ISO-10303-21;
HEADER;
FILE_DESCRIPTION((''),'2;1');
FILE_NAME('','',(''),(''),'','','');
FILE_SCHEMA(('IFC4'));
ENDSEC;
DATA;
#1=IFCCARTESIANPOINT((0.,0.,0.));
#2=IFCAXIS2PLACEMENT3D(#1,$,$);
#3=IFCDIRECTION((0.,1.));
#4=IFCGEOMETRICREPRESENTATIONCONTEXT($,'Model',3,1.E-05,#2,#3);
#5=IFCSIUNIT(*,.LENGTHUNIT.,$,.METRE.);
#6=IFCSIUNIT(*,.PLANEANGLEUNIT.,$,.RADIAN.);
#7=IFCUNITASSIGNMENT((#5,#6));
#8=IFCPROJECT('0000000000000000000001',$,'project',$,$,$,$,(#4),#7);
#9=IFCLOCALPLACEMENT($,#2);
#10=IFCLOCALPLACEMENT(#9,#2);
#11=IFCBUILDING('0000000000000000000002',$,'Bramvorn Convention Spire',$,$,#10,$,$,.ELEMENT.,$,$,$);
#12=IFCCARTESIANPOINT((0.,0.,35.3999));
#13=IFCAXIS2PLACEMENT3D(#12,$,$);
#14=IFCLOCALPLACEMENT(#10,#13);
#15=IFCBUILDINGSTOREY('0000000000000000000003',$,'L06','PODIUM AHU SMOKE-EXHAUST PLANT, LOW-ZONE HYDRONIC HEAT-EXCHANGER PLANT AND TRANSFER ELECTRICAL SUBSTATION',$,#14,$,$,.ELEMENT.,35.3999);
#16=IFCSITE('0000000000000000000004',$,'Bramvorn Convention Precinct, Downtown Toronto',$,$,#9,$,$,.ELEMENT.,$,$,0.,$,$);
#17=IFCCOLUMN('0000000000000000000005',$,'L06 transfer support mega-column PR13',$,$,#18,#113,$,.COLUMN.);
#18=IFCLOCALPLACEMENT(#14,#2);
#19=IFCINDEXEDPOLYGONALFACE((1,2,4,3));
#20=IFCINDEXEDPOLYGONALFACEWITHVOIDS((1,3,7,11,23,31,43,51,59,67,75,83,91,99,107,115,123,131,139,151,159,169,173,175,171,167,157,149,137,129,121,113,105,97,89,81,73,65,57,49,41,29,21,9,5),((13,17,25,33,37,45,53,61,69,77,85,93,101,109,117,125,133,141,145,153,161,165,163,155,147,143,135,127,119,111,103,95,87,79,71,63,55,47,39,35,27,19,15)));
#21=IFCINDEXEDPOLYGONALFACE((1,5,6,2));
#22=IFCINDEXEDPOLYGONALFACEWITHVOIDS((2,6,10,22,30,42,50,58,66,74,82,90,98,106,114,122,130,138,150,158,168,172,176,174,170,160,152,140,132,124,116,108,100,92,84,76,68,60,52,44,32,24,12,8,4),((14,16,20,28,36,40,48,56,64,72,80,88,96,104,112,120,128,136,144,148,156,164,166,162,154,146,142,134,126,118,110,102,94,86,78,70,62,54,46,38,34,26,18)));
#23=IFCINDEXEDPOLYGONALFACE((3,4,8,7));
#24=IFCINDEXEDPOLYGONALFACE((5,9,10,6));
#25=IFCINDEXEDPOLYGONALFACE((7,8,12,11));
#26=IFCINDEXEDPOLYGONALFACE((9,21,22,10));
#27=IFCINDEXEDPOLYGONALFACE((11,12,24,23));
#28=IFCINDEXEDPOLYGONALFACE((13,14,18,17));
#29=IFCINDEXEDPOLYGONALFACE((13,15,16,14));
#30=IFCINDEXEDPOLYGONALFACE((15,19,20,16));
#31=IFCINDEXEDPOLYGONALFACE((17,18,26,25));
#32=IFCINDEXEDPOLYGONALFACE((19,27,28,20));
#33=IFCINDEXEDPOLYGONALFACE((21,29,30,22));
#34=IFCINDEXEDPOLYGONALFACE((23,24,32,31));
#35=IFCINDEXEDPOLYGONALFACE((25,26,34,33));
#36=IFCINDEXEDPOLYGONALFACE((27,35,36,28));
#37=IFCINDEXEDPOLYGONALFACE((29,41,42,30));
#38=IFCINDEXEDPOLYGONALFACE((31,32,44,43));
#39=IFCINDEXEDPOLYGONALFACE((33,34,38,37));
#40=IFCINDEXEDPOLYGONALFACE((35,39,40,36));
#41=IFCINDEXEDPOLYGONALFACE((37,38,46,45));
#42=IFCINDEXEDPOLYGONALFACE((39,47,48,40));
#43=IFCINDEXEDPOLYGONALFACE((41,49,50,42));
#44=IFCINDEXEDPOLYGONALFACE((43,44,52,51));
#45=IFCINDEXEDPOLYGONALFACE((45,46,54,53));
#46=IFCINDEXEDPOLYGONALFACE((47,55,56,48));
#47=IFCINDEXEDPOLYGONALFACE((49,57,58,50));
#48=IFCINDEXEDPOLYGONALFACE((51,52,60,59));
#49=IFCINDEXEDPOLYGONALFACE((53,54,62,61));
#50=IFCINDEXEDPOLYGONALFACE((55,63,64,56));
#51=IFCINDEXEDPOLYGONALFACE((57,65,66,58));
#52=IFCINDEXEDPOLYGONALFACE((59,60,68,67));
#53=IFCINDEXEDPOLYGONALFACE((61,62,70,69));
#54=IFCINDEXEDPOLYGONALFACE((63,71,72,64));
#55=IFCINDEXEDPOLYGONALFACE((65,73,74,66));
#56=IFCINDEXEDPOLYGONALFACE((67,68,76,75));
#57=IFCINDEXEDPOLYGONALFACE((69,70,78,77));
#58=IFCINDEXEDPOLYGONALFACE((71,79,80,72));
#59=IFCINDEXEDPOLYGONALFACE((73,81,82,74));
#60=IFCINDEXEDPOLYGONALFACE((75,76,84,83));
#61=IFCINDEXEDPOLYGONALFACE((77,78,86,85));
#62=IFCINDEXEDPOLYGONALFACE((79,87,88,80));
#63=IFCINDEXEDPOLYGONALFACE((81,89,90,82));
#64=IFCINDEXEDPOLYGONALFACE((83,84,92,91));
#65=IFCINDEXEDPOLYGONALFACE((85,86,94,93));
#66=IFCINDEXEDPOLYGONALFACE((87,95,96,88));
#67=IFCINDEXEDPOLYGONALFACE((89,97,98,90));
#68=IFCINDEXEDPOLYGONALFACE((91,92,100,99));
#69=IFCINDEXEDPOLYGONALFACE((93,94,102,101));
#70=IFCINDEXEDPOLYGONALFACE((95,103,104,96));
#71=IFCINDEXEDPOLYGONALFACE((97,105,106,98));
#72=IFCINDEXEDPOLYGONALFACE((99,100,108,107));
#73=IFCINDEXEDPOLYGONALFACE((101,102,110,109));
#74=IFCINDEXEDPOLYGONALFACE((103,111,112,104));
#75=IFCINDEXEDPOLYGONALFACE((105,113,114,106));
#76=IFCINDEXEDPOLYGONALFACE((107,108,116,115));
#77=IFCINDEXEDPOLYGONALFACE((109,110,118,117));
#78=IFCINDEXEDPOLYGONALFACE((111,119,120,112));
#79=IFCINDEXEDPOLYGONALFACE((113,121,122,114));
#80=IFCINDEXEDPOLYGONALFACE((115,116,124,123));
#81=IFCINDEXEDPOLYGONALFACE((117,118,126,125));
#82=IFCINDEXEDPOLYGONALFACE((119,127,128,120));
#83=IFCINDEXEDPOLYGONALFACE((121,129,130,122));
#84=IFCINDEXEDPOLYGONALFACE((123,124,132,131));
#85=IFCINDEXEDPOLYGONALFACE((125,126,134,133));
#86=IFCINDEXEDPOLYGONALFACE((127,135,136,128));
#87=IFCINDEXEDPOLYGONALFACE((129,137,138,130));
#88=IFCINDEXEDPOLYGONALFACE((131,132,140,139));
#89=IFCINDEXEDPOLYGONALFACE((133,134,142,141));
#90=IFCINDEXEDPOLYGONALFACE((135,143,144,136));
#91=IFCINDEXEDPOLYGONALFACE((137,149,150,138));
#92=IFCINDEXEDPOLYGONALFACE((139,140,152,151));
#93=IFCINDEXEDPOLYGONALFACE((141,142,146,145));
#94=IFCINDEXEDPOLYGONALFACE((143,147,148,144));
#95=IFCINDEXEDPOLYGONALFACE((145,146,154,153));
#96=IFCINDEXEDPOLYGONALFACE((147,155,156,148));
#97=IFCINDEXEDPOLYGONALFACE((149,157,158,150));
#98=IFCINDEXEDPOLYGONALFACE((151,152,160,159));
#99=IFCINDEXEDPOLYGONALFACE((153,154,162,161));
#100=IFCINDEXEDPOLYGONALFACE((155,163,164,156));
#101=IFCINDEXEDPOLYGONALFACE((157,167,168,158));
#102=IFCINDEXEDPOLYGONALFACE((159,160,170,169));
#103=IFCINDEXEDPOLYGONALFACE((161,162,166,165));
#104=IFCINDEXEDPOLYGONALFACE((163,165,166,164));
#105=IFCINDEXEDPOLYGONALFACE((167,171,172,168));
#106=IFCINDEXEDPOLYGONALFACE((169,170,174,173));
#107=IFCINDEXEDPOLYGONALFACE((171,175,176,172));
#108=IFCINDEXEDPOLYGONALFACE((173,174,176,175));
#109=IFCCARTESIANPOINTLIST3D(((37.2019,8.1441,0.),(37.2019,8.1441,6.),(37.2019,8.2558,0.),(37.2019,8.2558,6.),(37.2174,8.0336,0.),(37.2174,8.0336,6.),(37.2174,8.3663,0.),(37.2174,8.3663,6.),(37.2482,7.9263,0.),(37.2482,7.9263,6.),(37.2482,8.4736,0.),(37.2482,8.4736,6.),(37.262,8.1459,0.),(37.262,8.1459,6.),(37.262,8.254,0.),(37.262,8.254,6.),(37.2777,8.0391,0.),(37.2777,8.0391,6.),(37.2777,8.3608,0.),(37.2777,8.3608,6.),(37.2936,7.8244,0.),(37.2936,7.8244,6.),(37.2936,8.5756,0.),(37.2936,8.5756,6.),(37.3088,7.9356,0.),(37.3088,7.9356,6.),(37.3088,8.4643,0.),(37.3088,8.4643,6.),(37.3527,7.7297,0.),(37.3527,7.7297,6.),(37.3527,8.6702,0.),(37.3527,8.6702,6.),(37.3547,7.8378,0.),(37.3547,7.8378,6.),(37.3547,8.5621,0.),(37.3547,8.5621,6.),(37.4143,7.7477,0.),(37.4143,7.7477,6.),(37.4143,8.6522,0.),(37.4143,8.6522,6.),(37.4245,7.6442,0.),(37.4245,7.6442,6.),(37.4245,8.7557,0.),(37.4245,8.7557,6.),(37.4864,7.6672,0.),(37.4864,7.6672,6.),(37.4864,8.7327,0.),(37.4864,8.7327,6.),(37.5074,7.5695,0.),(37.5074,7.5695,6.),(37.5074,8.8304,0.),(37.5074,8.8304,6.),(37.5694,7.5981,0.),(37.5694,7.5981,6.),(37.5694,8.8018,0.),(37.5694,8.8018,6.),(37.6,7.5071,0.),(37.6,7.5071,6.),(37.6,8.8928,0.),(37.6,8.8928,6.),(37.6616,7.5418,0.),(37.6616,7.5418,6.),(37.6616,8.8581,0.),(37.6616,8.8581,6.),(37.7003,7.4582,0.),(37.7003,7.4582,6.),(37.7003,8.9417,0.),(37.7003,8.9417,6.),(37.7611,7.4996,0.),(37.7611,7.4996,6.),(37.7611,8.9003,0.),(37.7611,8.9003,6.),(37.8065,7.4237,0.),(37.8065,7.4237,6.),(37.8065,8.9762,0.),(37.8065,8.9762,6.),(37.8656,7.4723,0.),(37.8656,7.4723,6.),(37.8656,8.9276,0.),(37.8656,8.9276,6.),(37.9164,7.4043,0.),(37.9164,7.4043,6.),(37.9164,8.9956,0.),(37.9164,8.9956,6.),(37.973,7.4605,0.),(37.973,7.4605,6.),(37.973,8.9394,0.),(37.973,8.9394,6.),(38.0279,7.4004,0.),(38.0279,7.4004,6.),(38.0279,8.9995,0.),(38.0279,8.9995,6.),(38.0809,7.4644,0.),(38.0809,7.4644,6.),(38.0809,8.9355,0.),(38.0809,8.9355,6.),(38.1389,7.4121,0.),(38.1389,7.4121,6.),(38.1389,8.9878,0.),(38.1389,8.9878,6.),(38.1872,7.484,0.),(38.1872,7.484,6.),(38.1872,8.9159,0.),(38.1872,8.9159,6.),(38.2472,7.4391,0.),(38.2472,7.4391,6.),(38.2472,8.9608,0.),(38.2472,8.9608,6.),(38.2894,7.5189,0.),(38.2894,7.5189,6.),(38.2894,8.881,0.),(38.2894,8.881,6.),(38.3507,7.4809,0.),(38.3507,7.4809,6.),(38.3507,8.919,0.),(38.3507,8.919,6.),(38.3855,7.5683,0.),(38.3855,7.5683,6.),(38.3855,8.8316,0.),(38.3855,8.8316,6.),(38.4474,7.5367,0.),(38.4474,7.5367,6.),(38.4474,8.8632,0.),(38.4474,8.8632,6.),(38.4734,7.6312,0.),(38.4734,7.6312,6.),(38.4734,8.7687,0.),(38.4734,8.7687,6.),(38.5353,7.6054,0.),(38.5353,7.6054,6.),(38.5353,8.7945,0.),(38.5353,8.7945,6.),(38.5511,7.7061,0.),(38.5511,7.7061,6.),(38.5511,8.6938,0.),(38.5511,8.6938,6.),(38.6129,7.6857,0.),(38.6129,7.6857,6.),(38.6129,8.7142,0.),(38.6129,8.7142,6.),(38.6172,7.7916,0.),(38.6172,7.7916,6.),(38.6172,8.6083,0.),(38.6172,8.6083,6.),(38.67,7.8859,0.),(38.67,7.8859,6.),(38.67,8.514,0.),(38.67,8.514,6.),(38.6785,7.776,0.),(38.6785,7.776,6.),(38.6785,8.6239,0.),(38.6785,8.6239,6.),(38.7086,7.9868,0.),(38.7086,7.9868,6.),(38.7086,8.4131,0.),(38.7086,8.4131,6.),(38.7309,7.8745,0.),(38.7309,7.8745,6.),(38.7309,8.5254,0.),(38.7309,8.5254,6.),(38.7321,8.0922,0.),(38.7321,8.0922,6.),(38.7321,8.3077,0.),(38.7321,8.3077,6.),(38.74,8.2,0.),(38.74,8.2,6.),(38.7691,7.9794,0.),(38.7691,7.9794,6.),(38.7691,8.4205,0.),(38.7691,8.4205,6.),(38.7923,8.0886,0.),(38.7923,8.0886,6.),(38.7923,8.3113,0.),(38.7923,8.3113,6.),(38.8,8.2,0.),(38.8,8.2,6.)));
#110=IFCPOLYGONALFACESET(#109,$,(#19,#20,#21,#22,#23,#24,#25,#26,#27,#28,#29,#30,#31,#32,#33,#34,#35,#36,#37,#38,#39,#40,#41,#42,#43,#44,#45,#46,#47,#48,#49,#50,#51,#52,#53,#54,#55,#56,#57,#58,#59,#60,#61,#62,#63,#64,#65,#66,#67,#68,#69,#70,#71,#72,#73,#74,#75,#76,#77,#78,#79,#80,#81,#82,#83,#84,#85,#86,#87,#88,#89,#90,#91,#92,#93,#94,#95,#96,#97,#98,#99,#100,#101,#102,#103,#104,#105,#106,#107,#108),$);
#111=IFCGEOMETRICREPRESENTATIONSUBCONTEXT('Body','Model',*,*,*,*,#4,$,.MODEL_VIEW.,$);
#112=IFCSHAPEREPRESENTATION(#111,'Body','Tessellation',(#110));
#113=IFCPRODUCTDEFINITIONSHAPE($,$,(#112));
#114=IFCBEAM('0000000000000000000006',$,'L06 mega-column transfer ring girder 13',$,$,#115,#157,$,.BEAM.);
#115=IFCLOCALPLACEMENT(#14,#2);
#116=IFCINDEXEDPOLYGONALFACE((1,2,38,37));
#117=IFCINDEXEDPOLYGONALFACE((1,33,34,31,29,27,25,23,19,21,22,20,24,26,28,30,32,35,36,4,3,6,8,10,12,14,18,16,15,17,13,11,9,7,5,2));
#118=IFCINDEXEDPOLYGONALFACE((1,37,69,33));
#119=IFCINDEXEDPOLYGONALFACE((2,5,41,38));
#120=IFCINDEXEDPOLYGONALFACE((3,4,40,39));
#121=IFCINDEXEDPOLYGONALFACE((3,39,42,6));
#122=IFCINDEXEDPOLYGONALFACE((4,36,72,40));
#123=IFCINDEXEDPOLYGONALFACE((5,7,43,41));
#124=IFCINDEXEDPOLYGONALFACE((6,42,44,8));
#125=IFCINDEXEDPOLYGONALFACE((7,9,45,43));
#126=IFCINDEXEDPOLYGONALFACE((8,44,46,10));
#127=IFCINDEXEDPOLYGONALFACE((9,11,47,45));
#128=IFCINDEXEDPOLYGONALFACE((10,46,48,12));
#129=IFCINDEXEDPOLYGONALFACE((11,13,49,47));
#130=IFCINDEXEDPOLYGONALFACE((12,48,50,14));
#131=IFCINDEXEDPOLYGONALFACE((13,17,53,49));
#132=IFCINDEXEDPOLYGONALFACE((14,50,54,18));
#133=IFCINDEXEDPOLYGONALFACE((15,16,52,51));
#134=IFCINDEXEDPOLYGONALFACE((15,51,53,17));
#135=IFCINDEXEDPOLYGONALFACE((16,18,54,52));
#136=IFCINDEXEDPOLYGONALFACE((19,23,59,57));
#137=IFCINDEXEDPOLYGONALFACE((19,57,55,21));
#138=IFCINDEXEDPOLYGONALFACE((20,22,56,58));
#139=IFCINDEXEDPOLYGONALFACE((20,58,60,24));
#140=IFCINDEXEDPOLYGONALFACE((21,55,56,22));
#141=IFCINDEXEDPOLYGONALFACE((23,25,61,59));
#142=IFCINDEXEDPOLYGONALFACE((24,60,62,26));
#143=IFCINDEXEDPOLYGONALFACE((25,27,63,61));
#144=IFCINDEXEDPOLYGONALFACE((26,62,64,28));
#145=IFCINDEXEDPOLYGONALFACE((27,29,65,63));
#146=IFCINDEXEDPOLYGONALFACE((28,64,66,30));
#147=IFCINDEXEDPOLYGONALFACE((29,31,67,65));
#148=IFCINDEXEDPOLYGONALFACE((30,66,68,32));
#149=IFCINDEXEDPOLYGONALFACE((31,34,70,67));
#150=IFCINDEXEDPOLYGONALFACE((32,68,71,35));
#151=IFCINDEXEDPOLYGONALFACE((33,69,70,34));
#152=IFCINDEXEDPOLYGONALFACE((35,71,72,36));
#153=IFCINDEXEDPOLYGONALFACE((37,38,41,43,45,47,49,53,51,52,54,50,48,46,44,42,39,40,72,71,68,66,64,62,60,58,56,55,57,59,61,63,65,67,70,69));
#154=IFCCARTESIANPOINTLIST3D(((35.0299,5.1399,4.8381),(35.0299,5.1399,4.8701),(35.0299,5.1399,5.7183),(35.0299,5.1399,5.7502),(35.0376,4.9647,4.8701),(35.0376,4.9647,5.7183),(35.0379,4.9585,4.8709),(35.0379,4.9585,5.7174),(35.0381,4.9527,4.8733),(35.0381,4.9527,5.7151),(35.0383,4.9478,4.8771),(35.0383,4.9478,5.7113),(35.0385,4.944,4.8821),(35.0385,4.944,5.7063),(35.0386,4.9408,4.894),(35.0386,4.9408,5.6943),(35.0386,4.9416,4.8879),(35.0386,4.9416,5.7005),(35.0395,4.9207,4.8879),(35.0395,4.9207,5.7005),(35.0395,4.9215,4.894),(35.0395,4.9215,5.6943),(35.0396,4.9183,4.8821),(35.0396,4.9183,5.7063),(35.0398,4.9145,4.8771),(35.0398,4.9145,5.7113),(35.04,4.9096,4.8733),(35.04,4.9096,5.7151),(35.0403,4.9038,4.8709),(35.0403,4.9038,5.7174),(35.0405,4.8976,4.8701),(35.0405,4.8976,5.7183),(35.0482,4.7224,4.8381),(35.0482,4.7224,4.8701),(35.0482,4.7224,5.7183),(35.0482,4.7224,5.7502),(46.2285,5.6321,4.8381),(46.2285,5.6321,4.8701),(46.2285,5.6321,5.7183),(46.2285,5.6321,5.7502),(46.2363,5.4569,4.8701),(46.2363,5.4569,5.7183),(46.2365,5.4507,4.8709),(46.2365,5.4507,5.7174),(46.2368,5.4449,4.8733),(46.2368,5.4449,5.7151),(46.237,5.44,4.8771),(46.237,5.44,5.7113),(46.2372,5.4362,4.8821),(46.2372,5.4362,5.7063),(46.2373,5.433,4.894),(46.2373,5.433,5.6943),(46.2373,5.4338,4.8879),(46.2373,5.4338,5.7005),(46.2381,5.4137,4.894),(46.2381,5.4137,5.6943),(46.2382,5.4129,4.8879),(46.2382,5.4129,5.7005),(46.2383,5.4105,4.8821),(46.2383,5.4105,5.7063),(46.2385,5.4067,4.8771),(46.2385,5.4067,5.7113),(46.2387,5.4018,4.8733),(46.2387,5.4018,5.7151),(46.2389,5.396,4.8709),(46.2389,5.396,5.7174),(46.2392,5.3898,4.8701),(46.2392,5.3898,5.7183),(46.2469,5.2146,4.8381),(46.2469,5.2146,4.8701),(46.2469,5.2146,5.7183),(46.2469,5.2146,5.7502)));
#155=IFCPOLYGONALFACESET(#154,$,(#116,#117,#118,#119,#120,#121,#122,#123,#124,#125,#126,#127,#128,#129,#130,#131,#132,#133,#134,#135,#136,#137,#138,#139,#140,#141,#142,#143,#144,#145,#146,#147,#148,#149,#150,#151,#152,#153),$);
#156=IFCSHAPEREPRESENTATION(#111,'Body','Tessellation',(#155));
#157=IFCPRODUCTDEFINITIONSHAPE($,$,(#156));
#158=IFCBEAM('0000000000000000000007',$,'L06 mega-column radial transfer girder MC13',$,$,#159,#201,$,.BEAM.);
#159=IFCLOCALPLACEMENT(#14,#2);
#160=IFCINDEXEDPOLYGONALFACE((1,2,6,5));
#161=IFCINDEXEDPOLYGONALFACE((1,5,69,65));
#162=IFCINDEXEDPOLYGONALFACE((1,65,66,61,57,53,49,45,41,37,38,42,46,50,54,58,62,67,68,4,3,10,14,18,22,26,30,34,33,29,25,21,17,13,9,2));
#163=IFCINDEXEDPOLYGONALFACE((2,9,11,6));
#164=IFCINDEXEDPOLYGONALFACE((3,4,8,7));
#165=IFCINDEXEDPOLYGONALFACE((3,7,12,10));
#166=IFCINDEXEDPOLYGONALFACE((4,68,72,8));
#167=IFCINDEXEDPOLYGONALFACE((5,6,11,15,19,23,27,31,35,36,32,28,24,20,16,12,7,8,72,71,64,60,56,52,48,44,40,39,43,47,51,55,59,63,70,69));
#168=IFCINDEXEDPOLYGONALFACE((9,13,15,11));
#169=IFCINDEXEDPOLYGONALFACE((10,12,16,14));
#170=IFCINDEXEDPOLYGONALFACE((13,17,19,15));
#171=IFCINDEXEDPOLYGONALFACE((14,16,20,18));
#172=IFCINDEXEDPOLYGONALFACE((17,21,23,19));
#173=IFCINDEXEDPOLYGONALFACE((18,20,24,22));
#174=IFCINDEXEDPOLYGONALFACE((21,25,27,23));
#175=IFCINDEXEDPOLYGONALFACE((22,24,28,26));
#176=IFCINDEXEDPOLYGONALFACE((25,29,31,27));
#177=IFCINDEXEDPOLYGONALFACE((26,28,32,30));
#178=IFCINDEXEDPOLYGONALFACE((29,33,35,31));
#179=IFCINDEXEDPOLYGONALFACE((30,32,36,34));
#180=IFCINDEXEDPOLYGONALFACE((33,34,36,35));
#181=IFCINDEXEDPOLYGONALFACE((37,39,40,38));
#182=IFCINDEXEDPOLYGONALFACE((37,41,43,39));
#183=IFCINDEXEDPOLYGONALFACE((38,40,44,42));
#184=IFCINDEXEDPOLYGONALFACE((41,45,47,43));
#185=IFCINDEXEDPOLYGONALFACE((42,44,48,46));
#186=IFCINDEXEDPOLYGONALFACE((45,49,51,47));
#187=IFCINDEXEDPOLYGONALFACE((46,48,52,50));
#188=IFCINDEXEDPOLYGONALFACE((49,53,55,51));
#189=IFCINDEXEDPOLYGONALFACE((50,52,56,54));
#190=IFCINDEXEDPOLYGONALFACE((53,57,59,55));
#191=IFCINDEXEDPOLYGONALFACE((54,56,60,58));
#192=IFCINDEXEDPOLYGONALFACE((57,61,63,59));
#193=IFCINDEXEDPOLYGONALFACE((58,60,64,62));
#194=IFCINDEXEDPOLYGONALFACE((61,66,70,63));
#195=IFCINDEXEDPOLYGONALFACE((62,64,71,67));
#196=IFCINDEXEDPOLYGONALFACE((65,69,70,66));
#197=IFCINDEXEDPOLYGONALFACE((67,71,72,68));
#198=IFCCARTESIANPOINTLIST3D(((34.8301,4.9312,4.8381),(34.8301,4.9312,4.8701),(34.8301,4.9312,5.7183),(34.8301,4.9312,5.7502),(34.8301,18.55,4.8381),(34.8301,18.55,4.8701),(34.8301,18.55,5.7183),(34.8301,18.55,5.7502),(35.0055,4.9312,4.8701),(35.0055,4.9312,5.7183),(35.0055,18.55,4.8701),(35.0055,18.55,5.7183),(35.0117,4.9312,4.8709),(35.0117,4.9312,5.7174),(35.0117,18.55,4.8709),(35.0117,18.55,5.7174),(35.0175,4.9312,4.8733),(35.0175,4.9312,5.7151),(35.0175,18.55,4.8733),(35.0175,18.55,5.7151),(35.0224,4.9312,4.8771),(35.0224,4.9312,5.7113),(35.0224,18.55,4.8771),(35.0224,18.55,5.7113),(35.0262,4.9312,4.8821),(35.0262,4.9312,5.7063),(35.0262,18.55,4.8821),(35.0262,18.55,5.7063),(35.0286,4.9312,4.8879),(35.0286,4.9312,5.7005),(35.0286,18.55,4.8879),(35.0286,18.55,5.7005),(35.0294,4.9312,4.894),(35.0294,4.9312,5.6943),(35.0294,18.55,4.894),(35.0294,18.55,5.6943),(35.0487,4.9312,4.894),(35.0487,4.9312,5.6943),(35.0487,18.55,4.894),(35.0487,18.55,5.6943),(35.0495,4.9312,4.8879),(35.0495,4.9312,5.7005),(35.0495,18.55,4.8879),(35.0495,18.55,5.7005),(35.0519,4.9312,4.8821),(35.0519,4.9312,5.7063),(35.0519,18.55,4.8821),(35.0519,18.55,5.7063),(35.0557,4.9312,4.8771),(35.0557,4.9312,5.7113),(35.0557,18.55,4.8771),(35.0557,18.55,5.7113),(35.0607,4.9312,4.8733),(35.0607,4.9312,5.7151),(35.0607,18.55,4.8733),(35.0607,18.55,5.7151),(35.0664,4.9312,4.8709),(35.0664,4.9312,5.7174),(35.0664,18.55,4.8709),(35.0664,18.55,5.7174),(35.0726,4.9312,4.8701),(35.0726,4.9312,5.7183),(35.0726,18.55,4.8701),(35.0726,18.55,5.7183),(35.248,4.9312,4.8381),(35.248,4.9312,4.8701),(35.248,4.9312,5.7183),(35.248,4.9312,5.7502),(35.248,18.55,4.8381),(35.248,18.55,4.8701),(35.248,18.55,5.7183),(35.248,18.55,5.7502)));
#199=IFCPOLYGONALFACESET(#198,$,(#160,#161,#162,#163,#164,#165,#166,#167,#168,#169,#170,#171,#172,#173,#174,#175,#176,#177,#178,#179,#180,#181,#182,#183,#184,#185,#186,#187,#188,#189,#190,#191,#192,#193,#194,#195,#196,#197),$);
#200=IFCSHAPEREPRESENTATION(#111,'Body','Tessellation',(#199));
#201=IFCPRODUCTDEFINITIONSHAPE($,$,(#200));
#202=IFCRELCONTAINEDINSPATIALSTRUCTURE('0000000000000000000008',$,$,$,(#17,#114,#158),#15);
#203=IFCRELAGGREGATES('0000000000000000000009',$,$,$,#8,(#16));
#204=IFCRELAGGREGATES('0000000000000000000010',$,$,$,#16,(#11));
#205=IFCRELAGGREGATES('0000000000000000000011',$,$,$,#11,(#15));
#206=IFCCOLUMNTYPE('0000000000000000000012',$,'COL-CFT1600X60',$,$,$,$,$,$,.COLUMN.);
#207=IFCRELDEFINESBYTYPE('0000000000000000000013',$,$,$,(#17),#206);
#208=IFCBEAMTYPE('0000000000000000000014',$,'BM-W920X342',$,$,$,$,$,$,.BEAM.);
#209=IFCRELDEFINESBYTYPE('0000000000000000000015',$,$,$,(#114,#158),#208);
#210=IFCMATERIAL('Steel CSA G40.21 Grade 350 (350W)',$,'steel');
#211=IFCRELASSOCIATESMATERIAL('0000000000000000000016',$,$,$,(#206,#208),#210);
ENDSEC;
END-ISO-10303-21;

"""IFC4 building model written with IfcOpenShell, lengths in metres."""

from ifc_helpers import new_model, si_unit, direction, frame, origin, origin_2d, place, context, subcontext, project, spatial, hollow_circle, i_section, extrude, material, material_profile, profile_set, type_object, element, save


model = new_model("IFC4")

# Units and contexts
model_context = context("Model", 3, precision=1e-05, world=origin(), true_north=direction((0.0, 1.0)))
body_context = subcontext(model_context, "Body", "Model", "MODEL_VIEW")
ifc_project = project(units=[si_unit("LENGTHUNIT", "METRE"), si_unit("PLANEANGLEUNIT", "RADIAN")], contexts=[model_context])

# Site, building, storey
site_placement = place(None, origin())
site = spatial("IfcSite", under=ifc_project, at=site_placement, Name="Bramvorn Convention Precinct, Downtown Toronto", CompositionType="ELEMENT", RefElevation=0.0)
building_placement = place(site_placement, origin())
building = spatial("IfcBuilding", under=site, at=building_placement, Name="Bramvorn Convention Spire", CompositionType="ELEMENT")
storey_placement = place(building_placement, frame((0.0, 0.0, 35.3999)))
storey = spatial("IfcBuildingStorey", under=building, at=storey_placement, Name="L06", Description="PODIUM AHU SMOKE-EXHAUST PLANT, LOW-ZONE HYDRONIC HEAT-EXCHANGER PLANT AND TRANSFER ELECTRICAL SUBSTATION", CompositionType="ELEMENT", Elevation=35.3999)

# Column
ifc_material_1 = material(Name="Steel CSA G40.21 Grade 350 (350W)", Category="steel")
ifc_material_profile_1 = material_profile(ifc_material_1, hollow_circle(Radius=0.8, WallThickness=0.0601, at=origin_2d()))
ifc_profile_set_1 = profile_set([ifc_material_profile_1], Name="Steel CSA G40.21 Grade 350 (350W) - CFT1600X60")
column_type = type_object("IfcColumnType", Name="COL-CFT1600X60", PredefinedType="COLUMN", material=ifc_profile_set_1)
column_placement = place(storey_placement, frame((38.0, 8.2, 0.0), z_axis=(0.0, 0.0, 1.0), x_axis=(1.0, 0.0, 0.0)))
element("IfcColumn", 1, at=column_placement, inside=storey, type_object=column_type, Name="L06 transfer support mega-column PR13", PredefinedType="COLUMN", context=body_context, shape_type="SweptSolid", body=[
    extrude(hollow_circle(Radius=0.8, WallThickness=0.0601, at=origin_2d()), origin(), (0.0, 0.0, 1.0), 6.0),
])

# Beams
ifc_material_profile_2 = material_profile(ifc_material_1, i_section(OverallWidth=0.418, OverallDepth=0.9121, WebThickness=0.0193, FlangeThickness=0.032, FilletRadius=0.0239, at=origin_2d()))
ifc_profile_set_2 = profile_set([ifc_material_profile_2], Name="Steel CSA G40.21 Grade 350 (350W) - W920X342")
beam_type = type_object("IfcBeamType", Name="BM-W920X342", PredefinedType="BEAM", material=ifc_profile_set_2)
beam_1_placement = place(storey_placement, frame((35.0391, 4.9312, 5.2942), z_axis=(0.999036, 0.043908, 0.0), x_axis=(-0.043908, 0.999036, 0.0)))
element("IfcBeam", 2, at=beam_1_placement, inside=storey, type_object=beam_type, Name="L06 mega-column transfer ring girder 13", PredefinedType="BEAM", context=body_context, shape_type="SweptSolid", body=[
    extrude(i_section(OverallWidth=0.418, OverallDepth=0.9121, WebThickness=0.0193, FlangeThickness=0.032, FilletRadius=0.0239, at=origin_2d()), origin(), (0.0, 0.0, 1.0), 11.2095),
])
beam_2_placement = place(storey_placement, frame((35.0391, 18.55, 5.2942), z_axis=(0.0, -1.0, 0.0), x_axis=(1.0, 0.0, 0.0)))
element("IfcBeam", 3, at=beam_2_placement, inside=storey, type_object=beam_type, Name="L06 mega-column radial transfer girder MC13", PredefinedType="BEAM", context=body_context, shape_type="SweptSolid", body=[
    extrude(i_section(OverallWidth=0.418, OverallDepth=0.9121, WebThickness=0.0193, FlangeThickness=0.032, FilletRadius=0.0239, at=origin_2d()), origin(), (0.0, 0.0, 1.0), 13.6189),
])

save(model, "model.ifc")
